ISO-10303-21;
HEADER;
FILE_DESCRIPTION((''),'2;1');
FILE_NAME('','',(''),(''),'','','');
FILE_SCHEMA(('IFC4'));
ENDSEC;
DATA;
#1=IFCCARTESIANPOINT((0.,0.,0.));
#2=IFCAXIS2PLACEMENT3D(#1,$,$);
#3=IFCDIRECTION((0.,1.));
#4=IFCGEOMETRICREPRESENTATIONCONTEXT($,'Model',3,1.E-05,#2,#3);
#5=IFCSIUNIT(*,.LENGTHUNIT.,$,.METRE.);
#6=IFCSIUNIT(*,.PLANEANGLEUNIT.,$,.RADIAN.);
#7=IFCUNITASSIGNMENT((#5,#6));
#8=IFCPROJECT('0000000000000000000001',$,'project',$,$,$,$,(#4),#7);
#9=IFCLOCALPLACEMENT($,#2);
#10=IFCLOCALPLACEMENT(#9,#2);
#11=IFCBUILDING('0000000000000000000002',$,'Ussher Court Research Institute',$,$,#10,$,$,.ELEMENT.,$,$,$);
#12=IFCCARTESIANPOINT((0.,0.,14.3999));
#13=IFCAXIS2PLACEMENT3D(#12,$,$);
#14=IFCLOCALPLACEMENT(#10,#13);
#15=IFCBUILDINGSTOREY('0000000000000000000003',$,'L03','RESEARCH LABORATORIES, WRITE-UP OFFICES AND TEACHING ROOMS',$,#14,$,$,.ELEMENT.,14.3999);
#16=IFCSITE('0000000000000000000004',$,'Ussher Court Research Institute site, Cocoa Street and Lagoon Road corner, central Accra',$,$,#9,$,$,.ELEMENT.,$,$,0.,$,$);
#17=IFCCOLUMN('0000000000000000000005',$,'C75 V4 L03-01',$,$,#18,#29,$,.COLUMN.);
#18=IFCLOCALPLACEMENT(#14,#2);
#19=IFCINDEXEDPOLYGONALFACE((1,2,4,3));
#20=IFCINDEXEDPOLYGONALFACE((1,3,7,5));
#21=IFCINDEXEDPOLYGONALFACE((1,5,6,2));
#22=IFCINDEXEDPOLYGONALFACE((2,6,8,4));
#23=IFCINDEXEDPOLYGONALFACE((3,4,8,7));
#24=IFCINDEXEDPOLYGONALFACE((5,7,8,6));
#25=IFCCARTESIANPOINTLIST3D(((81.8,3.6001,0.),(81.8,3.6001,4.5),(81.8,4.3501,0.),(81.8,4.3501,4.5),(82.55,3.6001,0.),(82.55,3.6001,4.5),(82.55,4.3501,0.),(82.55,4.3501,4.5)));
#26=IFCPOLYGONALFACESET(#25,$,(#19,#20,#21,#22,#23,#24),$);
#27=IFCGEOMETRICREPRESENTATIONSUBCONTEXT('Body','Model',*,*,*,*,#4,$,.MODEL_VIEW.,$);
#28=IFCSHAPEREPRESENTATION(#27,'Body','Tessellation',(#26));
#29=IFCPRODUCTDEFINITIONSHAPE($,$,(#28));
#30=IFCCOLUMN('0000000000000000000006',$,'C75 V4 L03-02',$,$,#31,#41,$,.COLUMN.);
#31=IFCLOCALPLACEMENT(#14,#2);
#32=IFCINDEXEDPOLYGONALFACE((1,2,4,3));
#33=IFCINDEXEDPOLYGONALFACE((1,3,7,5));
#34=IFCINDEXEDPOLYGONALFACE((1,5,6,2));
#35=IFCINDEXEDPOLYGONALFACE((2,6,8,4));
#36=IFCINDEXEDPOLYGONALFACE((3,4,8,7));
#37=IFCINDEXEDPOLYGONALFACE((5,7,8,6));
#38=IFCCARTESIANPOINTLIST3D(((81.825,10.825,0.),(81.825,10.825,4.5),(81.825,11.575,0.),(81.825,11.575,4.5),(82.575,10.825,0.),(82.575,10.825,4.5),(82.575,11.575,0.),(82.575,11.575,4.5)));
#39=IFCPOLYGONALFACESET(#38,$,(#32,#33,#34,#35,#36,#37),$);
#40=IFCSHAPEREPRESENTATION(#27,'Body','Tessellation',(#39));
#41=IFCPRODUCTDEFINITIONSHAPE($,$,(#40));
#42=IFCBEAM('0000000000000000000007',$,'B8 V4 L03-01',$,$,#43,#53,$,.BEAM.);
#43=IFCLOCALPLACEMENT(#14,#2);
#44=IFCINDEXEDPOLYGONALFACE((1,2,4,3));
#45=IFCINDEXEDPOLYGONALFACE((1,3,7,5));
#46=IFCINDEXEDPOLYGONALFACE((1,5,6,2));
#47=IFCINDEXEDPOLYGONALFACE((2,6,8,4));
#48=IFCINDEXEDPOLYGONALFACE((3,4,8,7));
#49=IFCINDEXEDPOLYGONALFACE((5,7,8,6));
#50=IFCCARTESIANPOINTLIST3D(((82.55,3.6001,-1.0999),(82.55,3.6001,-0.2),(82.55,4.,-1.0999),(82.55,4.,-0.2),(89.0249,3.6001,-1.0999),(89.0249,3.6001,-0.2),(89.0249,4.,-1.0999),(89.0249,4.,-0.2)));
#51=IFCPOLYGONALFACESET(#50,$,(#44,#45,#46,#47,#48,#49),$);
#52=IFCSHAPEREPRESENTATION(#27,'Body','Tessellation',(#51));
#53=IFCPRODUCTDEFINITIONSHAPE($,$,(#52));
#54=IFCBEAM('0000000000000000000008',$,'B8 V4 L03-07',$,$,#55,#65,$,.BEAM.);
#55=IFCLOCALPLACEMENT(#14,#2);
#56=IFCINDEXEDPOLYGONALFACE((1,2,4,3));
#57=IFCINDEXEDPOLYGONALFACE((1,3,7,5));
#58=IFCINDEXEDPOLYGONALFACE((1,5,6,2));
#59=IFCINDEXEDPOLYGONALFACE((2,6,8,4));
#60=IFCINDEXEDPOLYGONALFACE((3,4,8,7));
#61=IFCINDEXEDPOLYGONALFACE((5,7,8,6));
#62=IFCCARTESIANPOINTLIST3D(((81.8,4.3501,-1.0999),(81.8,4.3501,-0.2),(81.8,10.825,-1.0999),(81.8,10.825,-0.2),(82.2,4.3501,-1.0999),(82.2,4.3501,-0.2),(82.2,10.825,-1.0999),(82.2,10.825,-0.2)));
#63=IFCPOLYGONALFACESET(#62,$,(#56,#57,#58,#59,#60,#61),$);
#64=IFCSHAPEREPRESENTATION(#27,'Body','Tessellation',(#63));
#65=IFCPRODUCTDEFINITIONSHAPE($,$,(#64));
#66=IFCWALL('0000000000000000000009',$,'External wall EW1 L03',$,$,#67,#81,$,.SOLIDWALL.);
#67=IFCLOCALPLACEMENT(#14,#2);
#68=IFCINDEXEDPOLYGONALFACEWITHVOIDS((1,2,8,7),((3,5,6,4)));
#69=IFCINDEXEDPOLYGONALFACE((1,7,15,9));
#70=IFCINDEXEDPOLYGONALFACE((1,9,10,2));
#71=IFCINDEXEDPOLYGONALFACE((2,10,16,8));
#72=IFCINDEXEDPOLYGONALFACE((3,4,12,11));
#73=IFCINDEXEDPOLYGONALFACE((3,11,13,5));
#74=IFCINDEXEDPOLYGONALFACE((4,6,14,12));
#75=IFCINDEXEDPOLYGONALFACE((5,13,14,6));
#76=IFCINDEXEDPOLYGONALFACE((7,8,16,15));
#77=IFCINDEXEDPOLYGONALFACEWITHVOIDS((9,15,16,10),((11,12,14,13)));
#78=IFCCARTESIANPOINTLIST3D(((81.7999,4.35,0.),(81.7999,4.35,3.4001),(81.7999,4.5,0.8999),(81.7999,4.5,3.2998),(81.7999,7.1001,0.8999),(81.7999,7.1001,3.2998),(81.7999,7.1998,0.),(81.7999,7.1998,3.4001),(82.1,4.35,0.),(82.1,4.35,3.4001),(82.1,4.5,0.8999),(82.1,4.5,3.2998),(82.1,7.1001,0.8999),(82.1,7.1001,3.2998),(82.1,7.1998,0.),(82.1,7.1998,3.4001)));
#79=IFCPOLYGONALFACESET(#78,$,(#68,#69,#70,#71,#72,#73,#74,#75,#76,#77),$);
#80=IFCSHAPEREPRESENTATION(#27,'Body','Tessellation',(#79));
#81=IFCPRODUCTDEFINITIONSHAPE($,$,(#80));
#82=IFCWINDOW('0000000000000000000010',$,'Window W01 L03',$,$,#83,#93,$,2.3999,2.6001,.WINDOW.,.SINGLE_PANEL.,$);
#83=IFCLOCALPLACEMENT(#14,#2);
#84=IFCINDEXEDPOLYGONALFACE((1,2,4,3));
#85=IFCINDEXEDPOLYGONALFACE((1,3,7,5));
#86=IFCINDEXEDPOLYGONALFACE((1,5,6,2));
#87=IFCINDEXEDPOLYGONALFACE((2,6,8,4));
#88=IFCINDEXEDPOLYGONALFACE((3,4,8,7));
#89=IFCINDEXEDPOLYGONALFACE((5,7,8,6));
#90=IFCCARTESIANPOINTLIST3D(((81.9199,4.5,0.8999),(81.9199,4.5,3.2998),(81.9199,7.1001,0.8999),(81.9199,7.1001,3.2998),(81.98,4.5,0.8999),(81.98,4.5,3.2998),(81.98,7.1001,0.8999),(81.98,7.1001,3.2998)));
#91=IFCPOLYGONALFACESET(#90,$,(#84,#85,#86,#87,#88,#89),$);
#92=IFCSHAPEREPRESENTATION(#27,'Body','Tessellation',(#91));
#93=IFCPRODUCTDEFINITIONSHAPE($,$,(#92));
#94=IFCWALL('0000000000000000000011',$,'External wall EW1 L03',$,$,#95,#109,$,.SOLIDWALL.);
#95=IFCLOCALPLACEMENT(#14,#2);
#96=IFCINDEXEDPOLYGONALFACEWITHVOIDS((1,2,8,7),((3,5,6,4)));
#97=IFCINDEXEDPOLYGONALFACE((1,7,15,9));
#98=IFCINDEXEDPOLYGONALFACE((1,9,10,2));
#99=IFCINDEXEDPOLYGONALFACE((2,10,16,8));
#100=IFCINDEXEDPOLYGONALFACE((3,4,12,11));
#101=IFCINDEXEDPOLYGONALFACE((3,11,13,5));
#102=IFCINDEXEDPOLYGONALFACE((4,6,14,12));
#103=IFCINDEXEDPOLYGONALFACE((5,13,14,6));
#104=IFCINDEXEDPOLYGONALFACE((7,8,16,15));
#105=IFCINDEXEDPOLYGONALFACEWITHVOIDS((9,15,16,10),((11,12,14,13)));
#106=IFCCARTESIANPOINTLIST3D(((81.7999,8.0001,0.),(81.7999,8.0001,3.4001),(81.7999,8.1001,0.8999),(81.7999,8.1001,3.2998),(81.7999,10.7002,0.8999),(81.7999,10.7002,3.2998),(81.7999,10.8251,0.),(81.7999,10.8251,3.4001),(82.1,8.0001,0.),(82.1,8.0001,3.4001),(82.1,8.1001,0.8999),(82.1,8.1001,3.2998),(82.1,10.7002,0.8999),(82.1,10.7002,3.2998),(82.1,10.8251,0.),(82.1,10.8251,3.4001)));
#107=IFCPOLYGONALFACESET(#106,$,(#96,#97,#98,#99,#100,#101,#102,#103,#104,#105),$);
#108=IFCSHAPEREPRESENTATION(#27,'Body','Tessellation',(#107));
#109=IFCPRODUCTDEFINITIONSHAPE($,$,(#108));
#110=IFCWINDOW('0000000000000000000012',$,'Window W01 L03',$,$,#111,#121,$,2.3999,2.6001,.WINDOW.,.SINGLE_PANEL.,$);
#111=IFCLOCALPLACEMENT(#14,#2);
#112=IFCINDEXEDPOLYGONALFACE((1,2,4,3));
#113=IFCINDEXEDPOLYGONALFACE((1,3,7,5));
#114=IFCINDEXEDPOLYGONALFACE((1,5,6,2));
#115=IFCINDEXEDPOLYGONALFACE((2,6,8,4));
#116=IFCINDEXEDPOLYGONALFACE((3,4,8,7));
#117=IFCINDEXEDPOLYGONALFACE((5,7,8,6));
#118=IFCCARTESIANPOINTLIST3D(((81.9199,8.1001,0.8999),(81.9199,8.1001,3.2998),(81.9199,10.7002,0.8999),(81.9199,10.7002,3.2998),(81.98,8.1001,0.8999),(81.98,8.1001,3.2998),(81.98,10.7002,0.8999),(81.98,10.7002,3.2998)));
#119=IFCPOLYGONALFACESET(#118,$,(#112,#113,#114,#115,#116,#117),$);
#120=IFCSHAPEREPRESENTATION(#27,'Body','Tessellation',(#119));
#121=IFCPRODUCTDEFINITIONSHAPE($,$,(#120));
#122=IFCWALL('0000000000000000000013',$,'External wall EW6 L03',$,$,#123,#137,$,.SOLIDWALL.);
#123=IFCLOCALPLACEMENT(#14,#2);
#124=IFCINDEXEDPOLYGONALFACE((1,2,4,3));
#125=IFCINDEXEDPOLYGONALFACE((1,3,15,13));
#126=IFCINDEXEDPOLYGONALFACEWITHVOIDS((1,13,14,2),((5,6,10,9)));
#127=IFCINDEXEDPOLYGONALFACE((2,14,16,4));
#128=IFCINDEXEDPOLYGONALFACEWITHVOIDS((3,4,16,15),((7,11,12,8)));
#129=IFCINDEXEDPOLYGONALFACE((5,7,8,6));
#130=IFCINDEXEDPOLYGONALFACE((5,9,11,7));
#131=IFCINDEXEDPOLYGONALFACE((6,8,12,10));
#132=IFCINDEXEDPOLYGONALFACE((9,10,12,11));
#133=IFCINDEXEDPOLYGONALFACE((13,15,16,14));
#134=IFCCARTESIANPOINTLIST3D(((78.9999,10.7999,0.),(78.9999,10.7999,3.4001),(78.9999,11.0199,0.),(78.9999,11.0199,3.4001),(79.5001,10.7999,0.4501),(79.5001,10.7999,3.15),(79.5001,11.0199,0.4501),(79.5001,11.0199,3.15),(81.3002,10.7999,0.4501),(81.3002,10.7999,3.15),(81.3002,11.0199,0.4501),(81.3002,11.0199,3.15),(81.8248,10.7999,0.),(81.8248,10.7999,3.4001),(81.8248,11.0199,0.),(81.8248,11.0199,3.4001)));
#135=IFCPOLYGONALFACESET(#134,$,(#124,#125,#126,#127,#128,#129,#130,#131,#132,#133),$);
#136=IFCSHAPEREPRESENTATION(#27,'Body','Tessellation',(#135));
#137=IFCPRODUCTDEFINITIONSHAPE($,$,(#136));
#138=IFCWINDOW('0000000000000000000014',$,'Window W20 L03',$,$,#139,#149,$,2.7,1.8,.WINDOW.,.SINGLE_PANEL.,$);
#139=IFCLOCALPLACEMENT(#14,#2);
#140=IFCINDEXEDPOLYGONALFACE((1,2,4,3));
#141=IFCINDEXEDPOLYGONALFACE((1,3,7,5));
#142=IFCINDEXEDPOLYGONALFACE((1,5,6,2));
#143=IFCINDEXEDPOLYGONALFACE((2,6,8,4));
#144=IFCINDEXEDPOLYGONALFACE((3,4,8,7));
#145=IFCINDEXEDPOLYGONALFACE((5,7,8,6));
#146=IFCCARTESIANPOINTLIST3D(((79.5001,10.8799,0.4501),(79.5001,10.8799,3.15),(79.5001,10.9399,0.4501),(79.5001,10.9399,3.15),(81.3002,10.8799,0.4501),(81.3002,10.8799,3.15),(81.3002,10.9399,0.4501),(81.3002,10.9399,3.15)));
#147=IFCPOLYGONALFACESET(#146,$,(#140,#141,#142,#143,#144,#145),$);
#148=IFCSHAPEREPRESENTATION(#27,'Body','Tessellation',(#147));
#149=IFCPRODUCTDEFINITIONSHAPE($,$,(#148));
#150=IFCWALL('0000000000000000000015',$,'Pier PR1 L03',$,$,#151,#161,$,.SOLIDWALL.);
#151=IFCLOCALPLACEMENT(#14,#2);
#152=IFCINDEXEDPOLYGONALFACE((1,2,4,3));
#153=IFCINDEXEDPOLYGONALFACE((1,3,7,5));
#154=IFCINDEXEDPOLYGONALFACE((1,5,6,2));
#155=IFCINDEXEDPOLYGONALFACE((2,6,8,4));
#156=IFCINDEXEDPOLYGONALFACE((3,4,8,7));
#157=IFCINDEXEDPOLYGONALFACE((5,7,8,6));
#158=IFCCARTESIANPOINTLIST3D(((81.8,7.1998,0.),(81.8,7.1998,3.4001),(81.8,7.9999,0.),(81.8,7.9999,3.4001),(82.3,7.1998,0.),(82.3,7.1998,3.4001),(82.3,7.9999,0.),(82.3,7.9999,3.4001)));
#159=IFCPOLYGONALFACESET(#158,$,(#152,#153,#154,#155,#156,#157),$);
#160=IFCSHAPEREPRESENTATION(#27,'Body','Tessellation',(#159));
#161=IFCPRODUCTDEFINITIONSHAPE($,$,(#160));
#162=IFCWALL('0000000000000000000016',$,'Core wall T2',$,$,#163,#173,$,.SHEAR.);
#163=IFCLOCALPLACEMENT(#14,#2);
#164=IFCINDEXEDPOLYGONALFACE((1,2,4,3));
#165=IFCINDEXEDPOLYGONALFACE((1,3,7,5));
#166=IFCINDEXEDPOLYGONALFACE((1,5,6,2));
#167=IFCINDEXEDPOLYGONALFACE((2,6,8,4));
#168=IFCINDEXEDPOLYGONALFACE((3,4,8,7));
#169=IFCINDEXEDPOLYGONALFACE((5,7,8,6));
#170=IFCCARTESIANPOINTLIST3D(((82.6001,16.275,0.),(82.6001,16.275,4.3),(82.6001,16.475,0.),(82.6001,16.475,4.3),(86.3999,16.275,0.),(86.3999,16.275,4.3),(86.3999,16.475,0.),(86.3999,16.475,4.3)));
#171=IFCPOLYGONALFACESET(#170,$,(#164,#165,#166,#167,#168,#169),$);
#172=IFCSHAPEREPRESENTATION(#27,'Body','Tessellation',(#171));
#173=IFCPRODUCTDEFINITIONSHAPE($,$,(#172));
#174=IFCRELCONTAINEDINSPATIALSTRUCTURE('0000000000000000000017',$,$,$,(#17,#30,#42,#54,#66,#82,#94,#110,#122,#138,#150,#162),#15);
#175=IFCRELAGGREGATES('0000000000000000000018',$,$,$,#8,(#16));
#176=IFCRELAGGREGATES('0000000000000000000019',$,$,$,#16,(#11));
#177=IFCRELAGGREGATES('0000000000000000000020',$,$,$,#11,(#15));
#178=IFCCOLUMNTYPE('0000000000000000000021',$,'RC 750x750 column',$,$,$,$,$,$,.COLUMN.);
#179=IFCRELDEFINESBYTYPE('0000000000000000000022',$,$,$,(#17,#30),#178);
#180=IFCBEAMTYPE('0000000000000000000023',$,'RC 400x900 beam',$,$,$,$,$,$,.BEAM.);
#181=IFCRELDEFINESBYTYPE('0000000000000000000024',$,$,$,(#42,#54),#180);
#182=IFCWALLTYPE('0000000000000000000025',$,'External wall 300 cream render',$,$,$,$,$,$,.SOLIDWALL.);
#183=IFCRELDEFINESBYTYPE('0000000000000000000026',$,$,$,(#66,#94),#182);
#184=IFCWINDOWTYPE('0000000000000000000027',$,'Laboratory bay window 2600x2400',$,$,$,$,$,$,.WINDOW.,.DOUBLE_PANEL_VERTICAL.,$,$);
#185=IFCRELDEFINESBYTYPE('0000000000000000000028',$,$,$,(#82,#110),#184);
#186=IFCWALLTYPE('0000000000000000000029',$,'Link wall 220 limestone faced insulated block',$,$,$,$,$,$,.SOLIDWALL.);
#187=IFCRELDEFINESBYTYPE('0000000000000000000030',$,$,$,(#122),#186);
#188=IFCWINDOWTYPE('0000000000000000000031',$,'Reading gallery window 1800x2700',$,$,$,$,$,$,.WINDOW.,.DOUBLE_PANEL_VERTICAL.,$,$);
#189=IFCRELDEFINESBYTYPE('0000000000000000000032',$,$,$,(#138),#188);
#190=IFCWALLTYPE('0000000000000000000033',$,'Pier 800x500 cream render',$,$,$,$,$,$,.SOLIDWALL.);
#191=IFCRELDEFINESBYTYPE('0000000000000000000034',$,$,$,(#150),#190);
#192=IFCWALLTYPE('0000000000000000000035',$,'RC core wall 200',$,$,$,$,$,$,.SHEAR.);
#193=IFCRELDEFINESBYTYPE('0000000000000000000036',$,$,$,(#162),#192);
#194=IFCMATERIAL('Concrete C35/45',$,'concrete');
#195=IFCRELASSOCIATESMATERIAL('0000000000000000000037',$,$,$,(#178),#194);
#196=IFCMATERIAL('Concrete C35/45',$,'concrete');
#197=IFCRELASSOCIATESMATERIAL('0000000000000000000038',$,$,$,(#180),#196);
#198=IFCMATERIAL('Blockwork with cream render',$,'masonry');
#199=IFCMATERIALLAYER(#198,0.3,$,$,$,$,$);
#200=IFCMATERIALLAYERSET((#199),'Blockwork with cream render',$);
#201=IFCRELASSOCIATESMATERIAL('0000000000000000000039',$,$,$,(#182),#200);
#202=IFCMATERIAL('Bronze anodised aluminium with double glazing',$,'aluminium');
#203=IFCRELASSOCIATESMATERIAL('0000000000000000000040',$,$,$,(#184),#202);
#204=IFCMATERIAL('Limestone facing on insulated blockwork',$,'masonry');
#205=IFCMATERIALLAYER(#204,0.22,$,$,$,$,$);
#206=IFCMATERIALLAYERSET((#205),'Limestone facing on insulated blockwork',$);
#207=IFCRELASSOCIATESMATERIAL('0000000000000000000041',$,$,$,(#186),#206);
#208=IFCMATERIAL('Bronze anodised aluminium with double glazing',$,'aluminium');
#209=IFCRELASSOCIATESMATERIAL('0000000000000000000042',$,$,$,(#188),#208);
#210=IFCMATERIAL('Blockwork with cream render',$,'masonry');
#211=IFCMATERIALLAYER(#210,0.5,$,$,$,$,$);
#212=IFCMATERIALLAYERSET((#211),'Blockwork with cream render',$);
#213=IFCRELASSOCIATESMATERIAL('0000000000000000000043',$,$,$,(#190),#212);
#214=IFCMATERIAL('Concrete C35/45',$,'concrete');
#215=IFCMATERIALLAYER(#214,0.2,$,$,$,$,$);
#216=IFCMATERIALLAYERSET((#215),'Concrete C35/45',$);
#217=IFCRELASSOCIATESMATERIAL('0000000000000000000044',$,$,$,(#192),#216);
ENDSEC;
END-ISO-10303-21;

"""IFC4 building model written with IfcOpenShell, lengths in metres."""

from ifc_helpers import new_model, si_unit, direction, frame, frame_2d, origin, origin_2d, place, context, subcontext, project, spatial, rectangle, extrude, material, layer, layer_set, material_profile, profile_set, type_object, element, fill, save


model = new_model("IFC4")

# Units and contexts
model_context = context("Model", 3, precision=1e-05, world=origin(), true_north=direction((0.0, 1.0)))
body_context = subcontext(model_context, "Body", "Model", "MODEL_VIEW")
ifc_project = project(units=[si_unit("LENGTHUNIT", "METRE"), si_unit("PLANEANGLEUNIT", "RADIAN")], contexts=[model_context])

# Site, building, storey
site_placement = place(None, origin())
site = spatial("IfcSite", under=ifc_project, at=site_placement, Name="Ussher Court Research Institute site, Cocoa Street and Lagoon Road corner, central Accra", CompositionType="ELEMENT", RefElevation=0.0)
building_placement = place(site_placement, origin())
building = spatial("IfcBuilding", under=site, at=building_placement, Name="Ussher Court Research Institute", CompositionType="ELEMENT")
storey_placement = place(building_placement, frame((0.0, 0.0, 14.3999)))
storey = spatial("IfcBuildingStorey", under=building, at=storey_placement, Name="L03", Description="RESEARCH LABORATORIES, WRITE-UP OFFICES AND TEACHING ROOMS", CompositionType="ELEMENT", Elevation=14.3999)

# Columns
ifc_material_1 = material(Name="Concrete C35/45", Category="concrete")
ifc_material_profile_1 = material_profile(ifc_material_1, rectangle(XDim=0.75, YDim=0.75, at=origin_2d()), Name="RC 750x750")
ifc_profile_set_1 = profile_set([ifc_material_profile_1], Name="Concrete C35/45")
column_type = type_object("IfcColumnType", Name="RC 750x750 column", PredefinedType="COLUMN", material=ifc_profile_set_1)
for number, where, z_axis, x_axis, name in (
    (1, (82.175, 3.9751, 0.0), (0.0, 0.0, 1.0), (1.0, 0.0, 0.0), "C75 V4 L03-01"),
    (2, (82.2, 11.2, 0.0), (0.0, 0.0, 1.0), (1.0, 0.0, 0.0), "C75 V4 L03-02"),
):
    element("IfcColumn", number, at=place(storey_placement, frame(where, z_axis=z_axis, x_axis=x_axis)), inside=storey, type_object=column_type, Name=name, PredefinedType="COLUMN", context=body_context, shape_type="SweptSolid", body=[
        extrude(rectangle(XDim=0.75, YDim=0.75, at=origin_2d()), origin(), (0.0, 0.0, 1.0), 4.5),
    ])

# Beams
ifc_material_2 = material(Name="Concrete C35/45", Category="concrete")
ifc_material_profile_2 = material_profile(ifc_material_2, rectangle(XDim=0.3999, YDim=0.8999, at=origin_2d()), Name="RC 400x900")
ifc_profile_set_2 = profile_set([ifc_material_profile_2], Name="Concrete C35/45")
beam_type = type_object("IfcBeamType", Name="RC 400x900 beam", PredefinedType="BEAM", material=ifc_profile_set_2)
for number, where, z_axis, x_axis, name in (
    (3, (82.55, 3.8, -0.6499), (1.0, 0.0, 0.0), (0.0, 1.0, 0.0), "B8 V4 L03-01"),
    (4, (82.0, 4.3501, -0.6499), (0.0, 1.0, 0.0), (-1.0, 0.0, 0.0), "B8 V4 L03-07"),
):
    element("IfcBeam", number, at=place(storey_placement, frame(where, z_axis=z_axis, x_axis=x_axis)), inside=storey, type_object=beam_type, Name=name, PredefinedType="BEAM", context=body_context, shape_type="SweptSolid", body=[
        extrude(rectangle(XDim=0.3999, YDim=0.8999, at=origin_2d()), origin(), (0.0, 0.0, 1.0), 6.4749),
    ])

# Walls, openings, windows
ifc_material_3 = material(Name="Blockwork with cream render", Category="masonry")
ifc_layer_1 = layer(ifc_material_3, 0.3)
ifc_layer_set_1 = layer_set([ifc_layer_1], Name="Blockwork with cream render")
wall_type_1 = type_object("IfcWallType", Name="External wall 300 cream render", PredefinedType="SOLIDWALL", material=ifc_layer_set_1)
wall_1_placement = place(storey_placement, frame((81.95, 4.3501, 0.0), z_axis=(0.0, 0.0, 1.0), x_axis=(0.0, 1.0, 0.0)))
wall_1 = element("IfcWall", 5, at=wall_1_placement, inside=storey, type_object=wall_type_1, Name="External wall EW1 L03", PredefinedType="SOLIDWALL", context=body_context, shape_type="SweptSolid", body=[
    extrude(rectangle(XDim=2.8499, YDim=0.3, at=frame_2d((1.4248, 0.0))), origin(), (0.0, 0.0, 1.0), 3.4001),
])
opening_1_placement = place(wall_1_placement, frame((0.1499, 0.0, 0.8999)))
opening_1 = element("IfcOpeningElement", 6, at=opening_1_placement, cuts=wall_1, PredefinedType="OPENING", context=body_context, shape_type="SweptSolid", body=[
    extrude(rectangle(XDim=2.6001, YDim=2.3999, at=frame_2d((1.3, 1.2))), frame((0.0, 0.1602, 0.0), z_axis=(0.0, -1.0, 0.0), x_axis=(1.0, 0.0, 0.0)), (0.0, 0.0, 1.0), 0.3201),
])
ifc_material_4 = material(Name="Bronze anodised aluminium with double glazing", Category="aluminium")
window_type_1 = type_object("IfcWindowType", Name="Laboratory bay window 2600x2400", PartitioningType="DOUBLE_PANEL_VERTICAL", PredefinedType="WINDOW", material=ifc_material_4)
window_1_placement = place(opening_1_placement, origin())
window_1 = element("IfcWindow", 7, at=window_1_placement, inside=storey, type_object=window_type_1, Name="Window W01 L03", OverallHeight=2.3999, OverallWidth=2.6001, PartitioningType="SINGLE_PANEL", PredefinedType="WINDOW", context=body_context, shape_type="SweptSolid", body=[
    extrude(rectangle(XDim=2.6001, YDim=2.3999, at=frame_2d((1.3, 1.2))), frame((0.0, 0.03, 0.0), z_axis=(0.0, -1.0, 0.0), x_axis=(1.0, 0.0, 0.0)), (0.0, 0.0, 1.0), 0.0601),
])
fill(opening_1, window_1)
wall_2_placement = place(storey_placement, frame((81.95, 8.0, 0.0), z_axis=(0.0, 0.0, 1.0), x_axis=(0.0, 1.0, 0.0)))
wall_2 = element("IfcWall", 8, at=wall_2_placement, inside=storey, type_object=wall_type_1, Name="External wall EW1 L03", PredefinedType="SOLIDWALL", context=body_context, shape_type="SweptSolid", body=[
    extrude(rectangle(XDim=2.825, YDim=0.3, at=frame_2d((1.4126, 0.0))), origin(), (0.0, 0.0, 1.0), 3.4001),
])
opening_2_placement = place(wall_2_placement, frame((0.1001, 0.0, 0.8999)))
opening_2 = element("IfcOpeningElement", 9, at=opening_2_placement, cuts=wall_2, PredefinedType="OPENING", context=body_context, shape_type="SweptSolid", body=[
    extrude(rectangle(XDim=2.6001, YDim=2.3999, at=frame_2d((1.3, 1.2))), frame((0.0, 0.1602, 0.0), z_axis=(0.0, -1.0, 0.0), x_axis=(1.0, 0.0, 0.0)), (0.0, 0.0, 1.0), 0.3201),
])
window_2_placement = place(opening_2_placement, origin())
window_2 = element("IfcWindow", 10, at=window_2_placement, inside=storey, type_object=window_type_1, Name="Window W01 L03", OverallHeight=2.3999, OverallWidth=2.6001, PartitioningType="SINGLE_PANEL", PredefinedType="WINDOW", context=body_context, shape_type="SweptSolid", body=[
    extrude(rectangle(XDim=2.6001, YDim=2.3999, at=frame_2d((1.3, 1.2))), frame((0.0, 0.03, 0.0), z_axis=(0.0, -1.0, 0.0), x_axis=(1.0, 0.0, 0.0)), (0.0, 0.0, 1.0), 0.0601),
])
fill(opening_2, window_2)
ifc_material_5 = material(Name="Limestone facing on insulated blockwork", Category="masonry")
ifc_layer_2 = layer(ifc_material_5, 0.22)
ifc_layer_set_2 = layer_set([ifc_layer_2], Name="Limestone facing on insulated blockwork")
wall_type_2 = type_object("IfcWallType", Name="Link wall 220 limestone faced insulated block", PredefinedType="SOLIDWALL", material=ifc_layer_set_2)
wall_3_placement = place(storey_placement, frame((81.825, 10.9099, 0.0), z_axis=(0.0, 0.0, 1.0), x_axis=(-1.0, 0.0, 0.0)))
wall_3 = element("IfcWall", 11, at=wall_3_placement, inside=storey, type_object=wall_type_2, Name="External wall EW6 L03", PredefinedType="SOLIDWALL", context=body_context, shape_type="SweptSolid", body=[
    extrude(rectangle(XDim=2.825, YDim=0.22, at=frame_2d((1.4126, 0.0))), origin(), (0.0, 0.0, 1.0), 3.4001),
])
opening_3_placement = place(wall_3_placement, frame((0.5249, 0.0, 0.45)))
opening_3 = element("IfcOpeningElement", 12, at=opening_3_placement, cuts=wall_3, PredefinedType="OPENING", context=body_context, shape_type="SweptSolid", body=[
    extrude(rectangle(XDim=1.8, YDim=2.7, at=frame_2d((0.8999, 1.3501))), frame((0.0, 0.1201, 0.0), z_axis=(0.0, -1.0, 0.0), x_axis=(1.0, 0.0, 0.0)), (0.0, 0.0, 1.0), 0.24),
])
ifc_material_6 = material(Name="Bronze anodised aluminium with double glazing", Category="aluminium")
window_type_2 = type_object("IfcWindowType", Name="Reading gallery window 1800x2700", PartitioningType="DOUBLE_PANEL_VERTICAL", PredefinedType="WINDOW", material=ifc_material_6)
window_3_placement = place(opening_3_placement, origin())
window_3 = element("IfcWindow", 13, at=window_3_placement, inside=storey, type_object=window_type_2, Name="Window W20 L03", OverallHeight=2.7, OverallWidth=1.8, PartitioningType="SINGLE_PANEL", PredefinedType="WINDOW", context=body_context, shape_type="SweptSolid", body=[
    extrude(rectangle(XDim=1.8, YDim=2.7, at=frame_2d((0.8999, 1.3501))), frame((0.0, 0.03, 0.0), z_axis=(0.0, -1.0, 0.0), x_axis=(1.0, 0.0, 0.0)), (0.0, 0.0, 1.0), 0.0601),
])
fill(opening_3, window_3)

# Walls
ifc_material_7 = material(Name="Blockwork with cream render", Category="masonry")
ifc_layer_3 = layer(ifc_material_7, 0.5)
ifc_layer_set_3 = layer_set([ifc_layer_3], Name="Blockwork with cream render")
wall_type_3 = type_object("IfcWallType", Name="Pier 800x500 cream render", PredefinedType="SOLIDWALL", material=ifc_layer_set_3)
wall_4_placement = place(storey_placement, frame((82.05, 7.2, 0.0), z_axis=(0.0, 0.0, 1.0), x_axis=(0.0, 1.0, 0.0)))
element("IfcWall", 14, at=wall_4_placement, inside=storey, type_object=wall_type_3, Name="Pier PR1 L03", PredefinedType="SOLIDWALL", context=body_context, shape_type="SweptSolid", body=[
    extrude(rectangle(XDim=0.8, YDim=0.5, at=frame_2d((0.3999, 0.0))), origin(), (0.0, 0.0, 1.0), 3.4001),
])
ifc_material_8 = material(Name="Concrete C35/45", Category="concrete")
ifc_layer_4 = layer(ifc_material_8, 0.2)
ifc_layer_set_4 = layer_set([ifc_layer_4], Name="Concrete C35/45")
wall_type_4 = type_object("IfcWallType", Name="RC core wall 200", PredefinedType="SHEAR", material=ifc_layer_set_4)
wall_5_placement = place(storey_placement, frame((82.6001, 16.375, 0.0), z_axis=(0.0, 0.0, 1.0), x_axis=(1.0, 0.0, 0.0)))
element("IfcWall", 15, at=wall_5_placement, inside=storey, type_object=wall_type_4, Name="Core wall T2", PredefinedType="SHEAR", context=body_context, shape_type="SweptSolid", body=[
    extrude(rectangle(XDim=3.7998, YDim=0.2, at=frame_2d((1.8999, 0.0))), origin(), (0.0, 0.0, 1.0), 4.3),
])

save(model, "model.ifc")
